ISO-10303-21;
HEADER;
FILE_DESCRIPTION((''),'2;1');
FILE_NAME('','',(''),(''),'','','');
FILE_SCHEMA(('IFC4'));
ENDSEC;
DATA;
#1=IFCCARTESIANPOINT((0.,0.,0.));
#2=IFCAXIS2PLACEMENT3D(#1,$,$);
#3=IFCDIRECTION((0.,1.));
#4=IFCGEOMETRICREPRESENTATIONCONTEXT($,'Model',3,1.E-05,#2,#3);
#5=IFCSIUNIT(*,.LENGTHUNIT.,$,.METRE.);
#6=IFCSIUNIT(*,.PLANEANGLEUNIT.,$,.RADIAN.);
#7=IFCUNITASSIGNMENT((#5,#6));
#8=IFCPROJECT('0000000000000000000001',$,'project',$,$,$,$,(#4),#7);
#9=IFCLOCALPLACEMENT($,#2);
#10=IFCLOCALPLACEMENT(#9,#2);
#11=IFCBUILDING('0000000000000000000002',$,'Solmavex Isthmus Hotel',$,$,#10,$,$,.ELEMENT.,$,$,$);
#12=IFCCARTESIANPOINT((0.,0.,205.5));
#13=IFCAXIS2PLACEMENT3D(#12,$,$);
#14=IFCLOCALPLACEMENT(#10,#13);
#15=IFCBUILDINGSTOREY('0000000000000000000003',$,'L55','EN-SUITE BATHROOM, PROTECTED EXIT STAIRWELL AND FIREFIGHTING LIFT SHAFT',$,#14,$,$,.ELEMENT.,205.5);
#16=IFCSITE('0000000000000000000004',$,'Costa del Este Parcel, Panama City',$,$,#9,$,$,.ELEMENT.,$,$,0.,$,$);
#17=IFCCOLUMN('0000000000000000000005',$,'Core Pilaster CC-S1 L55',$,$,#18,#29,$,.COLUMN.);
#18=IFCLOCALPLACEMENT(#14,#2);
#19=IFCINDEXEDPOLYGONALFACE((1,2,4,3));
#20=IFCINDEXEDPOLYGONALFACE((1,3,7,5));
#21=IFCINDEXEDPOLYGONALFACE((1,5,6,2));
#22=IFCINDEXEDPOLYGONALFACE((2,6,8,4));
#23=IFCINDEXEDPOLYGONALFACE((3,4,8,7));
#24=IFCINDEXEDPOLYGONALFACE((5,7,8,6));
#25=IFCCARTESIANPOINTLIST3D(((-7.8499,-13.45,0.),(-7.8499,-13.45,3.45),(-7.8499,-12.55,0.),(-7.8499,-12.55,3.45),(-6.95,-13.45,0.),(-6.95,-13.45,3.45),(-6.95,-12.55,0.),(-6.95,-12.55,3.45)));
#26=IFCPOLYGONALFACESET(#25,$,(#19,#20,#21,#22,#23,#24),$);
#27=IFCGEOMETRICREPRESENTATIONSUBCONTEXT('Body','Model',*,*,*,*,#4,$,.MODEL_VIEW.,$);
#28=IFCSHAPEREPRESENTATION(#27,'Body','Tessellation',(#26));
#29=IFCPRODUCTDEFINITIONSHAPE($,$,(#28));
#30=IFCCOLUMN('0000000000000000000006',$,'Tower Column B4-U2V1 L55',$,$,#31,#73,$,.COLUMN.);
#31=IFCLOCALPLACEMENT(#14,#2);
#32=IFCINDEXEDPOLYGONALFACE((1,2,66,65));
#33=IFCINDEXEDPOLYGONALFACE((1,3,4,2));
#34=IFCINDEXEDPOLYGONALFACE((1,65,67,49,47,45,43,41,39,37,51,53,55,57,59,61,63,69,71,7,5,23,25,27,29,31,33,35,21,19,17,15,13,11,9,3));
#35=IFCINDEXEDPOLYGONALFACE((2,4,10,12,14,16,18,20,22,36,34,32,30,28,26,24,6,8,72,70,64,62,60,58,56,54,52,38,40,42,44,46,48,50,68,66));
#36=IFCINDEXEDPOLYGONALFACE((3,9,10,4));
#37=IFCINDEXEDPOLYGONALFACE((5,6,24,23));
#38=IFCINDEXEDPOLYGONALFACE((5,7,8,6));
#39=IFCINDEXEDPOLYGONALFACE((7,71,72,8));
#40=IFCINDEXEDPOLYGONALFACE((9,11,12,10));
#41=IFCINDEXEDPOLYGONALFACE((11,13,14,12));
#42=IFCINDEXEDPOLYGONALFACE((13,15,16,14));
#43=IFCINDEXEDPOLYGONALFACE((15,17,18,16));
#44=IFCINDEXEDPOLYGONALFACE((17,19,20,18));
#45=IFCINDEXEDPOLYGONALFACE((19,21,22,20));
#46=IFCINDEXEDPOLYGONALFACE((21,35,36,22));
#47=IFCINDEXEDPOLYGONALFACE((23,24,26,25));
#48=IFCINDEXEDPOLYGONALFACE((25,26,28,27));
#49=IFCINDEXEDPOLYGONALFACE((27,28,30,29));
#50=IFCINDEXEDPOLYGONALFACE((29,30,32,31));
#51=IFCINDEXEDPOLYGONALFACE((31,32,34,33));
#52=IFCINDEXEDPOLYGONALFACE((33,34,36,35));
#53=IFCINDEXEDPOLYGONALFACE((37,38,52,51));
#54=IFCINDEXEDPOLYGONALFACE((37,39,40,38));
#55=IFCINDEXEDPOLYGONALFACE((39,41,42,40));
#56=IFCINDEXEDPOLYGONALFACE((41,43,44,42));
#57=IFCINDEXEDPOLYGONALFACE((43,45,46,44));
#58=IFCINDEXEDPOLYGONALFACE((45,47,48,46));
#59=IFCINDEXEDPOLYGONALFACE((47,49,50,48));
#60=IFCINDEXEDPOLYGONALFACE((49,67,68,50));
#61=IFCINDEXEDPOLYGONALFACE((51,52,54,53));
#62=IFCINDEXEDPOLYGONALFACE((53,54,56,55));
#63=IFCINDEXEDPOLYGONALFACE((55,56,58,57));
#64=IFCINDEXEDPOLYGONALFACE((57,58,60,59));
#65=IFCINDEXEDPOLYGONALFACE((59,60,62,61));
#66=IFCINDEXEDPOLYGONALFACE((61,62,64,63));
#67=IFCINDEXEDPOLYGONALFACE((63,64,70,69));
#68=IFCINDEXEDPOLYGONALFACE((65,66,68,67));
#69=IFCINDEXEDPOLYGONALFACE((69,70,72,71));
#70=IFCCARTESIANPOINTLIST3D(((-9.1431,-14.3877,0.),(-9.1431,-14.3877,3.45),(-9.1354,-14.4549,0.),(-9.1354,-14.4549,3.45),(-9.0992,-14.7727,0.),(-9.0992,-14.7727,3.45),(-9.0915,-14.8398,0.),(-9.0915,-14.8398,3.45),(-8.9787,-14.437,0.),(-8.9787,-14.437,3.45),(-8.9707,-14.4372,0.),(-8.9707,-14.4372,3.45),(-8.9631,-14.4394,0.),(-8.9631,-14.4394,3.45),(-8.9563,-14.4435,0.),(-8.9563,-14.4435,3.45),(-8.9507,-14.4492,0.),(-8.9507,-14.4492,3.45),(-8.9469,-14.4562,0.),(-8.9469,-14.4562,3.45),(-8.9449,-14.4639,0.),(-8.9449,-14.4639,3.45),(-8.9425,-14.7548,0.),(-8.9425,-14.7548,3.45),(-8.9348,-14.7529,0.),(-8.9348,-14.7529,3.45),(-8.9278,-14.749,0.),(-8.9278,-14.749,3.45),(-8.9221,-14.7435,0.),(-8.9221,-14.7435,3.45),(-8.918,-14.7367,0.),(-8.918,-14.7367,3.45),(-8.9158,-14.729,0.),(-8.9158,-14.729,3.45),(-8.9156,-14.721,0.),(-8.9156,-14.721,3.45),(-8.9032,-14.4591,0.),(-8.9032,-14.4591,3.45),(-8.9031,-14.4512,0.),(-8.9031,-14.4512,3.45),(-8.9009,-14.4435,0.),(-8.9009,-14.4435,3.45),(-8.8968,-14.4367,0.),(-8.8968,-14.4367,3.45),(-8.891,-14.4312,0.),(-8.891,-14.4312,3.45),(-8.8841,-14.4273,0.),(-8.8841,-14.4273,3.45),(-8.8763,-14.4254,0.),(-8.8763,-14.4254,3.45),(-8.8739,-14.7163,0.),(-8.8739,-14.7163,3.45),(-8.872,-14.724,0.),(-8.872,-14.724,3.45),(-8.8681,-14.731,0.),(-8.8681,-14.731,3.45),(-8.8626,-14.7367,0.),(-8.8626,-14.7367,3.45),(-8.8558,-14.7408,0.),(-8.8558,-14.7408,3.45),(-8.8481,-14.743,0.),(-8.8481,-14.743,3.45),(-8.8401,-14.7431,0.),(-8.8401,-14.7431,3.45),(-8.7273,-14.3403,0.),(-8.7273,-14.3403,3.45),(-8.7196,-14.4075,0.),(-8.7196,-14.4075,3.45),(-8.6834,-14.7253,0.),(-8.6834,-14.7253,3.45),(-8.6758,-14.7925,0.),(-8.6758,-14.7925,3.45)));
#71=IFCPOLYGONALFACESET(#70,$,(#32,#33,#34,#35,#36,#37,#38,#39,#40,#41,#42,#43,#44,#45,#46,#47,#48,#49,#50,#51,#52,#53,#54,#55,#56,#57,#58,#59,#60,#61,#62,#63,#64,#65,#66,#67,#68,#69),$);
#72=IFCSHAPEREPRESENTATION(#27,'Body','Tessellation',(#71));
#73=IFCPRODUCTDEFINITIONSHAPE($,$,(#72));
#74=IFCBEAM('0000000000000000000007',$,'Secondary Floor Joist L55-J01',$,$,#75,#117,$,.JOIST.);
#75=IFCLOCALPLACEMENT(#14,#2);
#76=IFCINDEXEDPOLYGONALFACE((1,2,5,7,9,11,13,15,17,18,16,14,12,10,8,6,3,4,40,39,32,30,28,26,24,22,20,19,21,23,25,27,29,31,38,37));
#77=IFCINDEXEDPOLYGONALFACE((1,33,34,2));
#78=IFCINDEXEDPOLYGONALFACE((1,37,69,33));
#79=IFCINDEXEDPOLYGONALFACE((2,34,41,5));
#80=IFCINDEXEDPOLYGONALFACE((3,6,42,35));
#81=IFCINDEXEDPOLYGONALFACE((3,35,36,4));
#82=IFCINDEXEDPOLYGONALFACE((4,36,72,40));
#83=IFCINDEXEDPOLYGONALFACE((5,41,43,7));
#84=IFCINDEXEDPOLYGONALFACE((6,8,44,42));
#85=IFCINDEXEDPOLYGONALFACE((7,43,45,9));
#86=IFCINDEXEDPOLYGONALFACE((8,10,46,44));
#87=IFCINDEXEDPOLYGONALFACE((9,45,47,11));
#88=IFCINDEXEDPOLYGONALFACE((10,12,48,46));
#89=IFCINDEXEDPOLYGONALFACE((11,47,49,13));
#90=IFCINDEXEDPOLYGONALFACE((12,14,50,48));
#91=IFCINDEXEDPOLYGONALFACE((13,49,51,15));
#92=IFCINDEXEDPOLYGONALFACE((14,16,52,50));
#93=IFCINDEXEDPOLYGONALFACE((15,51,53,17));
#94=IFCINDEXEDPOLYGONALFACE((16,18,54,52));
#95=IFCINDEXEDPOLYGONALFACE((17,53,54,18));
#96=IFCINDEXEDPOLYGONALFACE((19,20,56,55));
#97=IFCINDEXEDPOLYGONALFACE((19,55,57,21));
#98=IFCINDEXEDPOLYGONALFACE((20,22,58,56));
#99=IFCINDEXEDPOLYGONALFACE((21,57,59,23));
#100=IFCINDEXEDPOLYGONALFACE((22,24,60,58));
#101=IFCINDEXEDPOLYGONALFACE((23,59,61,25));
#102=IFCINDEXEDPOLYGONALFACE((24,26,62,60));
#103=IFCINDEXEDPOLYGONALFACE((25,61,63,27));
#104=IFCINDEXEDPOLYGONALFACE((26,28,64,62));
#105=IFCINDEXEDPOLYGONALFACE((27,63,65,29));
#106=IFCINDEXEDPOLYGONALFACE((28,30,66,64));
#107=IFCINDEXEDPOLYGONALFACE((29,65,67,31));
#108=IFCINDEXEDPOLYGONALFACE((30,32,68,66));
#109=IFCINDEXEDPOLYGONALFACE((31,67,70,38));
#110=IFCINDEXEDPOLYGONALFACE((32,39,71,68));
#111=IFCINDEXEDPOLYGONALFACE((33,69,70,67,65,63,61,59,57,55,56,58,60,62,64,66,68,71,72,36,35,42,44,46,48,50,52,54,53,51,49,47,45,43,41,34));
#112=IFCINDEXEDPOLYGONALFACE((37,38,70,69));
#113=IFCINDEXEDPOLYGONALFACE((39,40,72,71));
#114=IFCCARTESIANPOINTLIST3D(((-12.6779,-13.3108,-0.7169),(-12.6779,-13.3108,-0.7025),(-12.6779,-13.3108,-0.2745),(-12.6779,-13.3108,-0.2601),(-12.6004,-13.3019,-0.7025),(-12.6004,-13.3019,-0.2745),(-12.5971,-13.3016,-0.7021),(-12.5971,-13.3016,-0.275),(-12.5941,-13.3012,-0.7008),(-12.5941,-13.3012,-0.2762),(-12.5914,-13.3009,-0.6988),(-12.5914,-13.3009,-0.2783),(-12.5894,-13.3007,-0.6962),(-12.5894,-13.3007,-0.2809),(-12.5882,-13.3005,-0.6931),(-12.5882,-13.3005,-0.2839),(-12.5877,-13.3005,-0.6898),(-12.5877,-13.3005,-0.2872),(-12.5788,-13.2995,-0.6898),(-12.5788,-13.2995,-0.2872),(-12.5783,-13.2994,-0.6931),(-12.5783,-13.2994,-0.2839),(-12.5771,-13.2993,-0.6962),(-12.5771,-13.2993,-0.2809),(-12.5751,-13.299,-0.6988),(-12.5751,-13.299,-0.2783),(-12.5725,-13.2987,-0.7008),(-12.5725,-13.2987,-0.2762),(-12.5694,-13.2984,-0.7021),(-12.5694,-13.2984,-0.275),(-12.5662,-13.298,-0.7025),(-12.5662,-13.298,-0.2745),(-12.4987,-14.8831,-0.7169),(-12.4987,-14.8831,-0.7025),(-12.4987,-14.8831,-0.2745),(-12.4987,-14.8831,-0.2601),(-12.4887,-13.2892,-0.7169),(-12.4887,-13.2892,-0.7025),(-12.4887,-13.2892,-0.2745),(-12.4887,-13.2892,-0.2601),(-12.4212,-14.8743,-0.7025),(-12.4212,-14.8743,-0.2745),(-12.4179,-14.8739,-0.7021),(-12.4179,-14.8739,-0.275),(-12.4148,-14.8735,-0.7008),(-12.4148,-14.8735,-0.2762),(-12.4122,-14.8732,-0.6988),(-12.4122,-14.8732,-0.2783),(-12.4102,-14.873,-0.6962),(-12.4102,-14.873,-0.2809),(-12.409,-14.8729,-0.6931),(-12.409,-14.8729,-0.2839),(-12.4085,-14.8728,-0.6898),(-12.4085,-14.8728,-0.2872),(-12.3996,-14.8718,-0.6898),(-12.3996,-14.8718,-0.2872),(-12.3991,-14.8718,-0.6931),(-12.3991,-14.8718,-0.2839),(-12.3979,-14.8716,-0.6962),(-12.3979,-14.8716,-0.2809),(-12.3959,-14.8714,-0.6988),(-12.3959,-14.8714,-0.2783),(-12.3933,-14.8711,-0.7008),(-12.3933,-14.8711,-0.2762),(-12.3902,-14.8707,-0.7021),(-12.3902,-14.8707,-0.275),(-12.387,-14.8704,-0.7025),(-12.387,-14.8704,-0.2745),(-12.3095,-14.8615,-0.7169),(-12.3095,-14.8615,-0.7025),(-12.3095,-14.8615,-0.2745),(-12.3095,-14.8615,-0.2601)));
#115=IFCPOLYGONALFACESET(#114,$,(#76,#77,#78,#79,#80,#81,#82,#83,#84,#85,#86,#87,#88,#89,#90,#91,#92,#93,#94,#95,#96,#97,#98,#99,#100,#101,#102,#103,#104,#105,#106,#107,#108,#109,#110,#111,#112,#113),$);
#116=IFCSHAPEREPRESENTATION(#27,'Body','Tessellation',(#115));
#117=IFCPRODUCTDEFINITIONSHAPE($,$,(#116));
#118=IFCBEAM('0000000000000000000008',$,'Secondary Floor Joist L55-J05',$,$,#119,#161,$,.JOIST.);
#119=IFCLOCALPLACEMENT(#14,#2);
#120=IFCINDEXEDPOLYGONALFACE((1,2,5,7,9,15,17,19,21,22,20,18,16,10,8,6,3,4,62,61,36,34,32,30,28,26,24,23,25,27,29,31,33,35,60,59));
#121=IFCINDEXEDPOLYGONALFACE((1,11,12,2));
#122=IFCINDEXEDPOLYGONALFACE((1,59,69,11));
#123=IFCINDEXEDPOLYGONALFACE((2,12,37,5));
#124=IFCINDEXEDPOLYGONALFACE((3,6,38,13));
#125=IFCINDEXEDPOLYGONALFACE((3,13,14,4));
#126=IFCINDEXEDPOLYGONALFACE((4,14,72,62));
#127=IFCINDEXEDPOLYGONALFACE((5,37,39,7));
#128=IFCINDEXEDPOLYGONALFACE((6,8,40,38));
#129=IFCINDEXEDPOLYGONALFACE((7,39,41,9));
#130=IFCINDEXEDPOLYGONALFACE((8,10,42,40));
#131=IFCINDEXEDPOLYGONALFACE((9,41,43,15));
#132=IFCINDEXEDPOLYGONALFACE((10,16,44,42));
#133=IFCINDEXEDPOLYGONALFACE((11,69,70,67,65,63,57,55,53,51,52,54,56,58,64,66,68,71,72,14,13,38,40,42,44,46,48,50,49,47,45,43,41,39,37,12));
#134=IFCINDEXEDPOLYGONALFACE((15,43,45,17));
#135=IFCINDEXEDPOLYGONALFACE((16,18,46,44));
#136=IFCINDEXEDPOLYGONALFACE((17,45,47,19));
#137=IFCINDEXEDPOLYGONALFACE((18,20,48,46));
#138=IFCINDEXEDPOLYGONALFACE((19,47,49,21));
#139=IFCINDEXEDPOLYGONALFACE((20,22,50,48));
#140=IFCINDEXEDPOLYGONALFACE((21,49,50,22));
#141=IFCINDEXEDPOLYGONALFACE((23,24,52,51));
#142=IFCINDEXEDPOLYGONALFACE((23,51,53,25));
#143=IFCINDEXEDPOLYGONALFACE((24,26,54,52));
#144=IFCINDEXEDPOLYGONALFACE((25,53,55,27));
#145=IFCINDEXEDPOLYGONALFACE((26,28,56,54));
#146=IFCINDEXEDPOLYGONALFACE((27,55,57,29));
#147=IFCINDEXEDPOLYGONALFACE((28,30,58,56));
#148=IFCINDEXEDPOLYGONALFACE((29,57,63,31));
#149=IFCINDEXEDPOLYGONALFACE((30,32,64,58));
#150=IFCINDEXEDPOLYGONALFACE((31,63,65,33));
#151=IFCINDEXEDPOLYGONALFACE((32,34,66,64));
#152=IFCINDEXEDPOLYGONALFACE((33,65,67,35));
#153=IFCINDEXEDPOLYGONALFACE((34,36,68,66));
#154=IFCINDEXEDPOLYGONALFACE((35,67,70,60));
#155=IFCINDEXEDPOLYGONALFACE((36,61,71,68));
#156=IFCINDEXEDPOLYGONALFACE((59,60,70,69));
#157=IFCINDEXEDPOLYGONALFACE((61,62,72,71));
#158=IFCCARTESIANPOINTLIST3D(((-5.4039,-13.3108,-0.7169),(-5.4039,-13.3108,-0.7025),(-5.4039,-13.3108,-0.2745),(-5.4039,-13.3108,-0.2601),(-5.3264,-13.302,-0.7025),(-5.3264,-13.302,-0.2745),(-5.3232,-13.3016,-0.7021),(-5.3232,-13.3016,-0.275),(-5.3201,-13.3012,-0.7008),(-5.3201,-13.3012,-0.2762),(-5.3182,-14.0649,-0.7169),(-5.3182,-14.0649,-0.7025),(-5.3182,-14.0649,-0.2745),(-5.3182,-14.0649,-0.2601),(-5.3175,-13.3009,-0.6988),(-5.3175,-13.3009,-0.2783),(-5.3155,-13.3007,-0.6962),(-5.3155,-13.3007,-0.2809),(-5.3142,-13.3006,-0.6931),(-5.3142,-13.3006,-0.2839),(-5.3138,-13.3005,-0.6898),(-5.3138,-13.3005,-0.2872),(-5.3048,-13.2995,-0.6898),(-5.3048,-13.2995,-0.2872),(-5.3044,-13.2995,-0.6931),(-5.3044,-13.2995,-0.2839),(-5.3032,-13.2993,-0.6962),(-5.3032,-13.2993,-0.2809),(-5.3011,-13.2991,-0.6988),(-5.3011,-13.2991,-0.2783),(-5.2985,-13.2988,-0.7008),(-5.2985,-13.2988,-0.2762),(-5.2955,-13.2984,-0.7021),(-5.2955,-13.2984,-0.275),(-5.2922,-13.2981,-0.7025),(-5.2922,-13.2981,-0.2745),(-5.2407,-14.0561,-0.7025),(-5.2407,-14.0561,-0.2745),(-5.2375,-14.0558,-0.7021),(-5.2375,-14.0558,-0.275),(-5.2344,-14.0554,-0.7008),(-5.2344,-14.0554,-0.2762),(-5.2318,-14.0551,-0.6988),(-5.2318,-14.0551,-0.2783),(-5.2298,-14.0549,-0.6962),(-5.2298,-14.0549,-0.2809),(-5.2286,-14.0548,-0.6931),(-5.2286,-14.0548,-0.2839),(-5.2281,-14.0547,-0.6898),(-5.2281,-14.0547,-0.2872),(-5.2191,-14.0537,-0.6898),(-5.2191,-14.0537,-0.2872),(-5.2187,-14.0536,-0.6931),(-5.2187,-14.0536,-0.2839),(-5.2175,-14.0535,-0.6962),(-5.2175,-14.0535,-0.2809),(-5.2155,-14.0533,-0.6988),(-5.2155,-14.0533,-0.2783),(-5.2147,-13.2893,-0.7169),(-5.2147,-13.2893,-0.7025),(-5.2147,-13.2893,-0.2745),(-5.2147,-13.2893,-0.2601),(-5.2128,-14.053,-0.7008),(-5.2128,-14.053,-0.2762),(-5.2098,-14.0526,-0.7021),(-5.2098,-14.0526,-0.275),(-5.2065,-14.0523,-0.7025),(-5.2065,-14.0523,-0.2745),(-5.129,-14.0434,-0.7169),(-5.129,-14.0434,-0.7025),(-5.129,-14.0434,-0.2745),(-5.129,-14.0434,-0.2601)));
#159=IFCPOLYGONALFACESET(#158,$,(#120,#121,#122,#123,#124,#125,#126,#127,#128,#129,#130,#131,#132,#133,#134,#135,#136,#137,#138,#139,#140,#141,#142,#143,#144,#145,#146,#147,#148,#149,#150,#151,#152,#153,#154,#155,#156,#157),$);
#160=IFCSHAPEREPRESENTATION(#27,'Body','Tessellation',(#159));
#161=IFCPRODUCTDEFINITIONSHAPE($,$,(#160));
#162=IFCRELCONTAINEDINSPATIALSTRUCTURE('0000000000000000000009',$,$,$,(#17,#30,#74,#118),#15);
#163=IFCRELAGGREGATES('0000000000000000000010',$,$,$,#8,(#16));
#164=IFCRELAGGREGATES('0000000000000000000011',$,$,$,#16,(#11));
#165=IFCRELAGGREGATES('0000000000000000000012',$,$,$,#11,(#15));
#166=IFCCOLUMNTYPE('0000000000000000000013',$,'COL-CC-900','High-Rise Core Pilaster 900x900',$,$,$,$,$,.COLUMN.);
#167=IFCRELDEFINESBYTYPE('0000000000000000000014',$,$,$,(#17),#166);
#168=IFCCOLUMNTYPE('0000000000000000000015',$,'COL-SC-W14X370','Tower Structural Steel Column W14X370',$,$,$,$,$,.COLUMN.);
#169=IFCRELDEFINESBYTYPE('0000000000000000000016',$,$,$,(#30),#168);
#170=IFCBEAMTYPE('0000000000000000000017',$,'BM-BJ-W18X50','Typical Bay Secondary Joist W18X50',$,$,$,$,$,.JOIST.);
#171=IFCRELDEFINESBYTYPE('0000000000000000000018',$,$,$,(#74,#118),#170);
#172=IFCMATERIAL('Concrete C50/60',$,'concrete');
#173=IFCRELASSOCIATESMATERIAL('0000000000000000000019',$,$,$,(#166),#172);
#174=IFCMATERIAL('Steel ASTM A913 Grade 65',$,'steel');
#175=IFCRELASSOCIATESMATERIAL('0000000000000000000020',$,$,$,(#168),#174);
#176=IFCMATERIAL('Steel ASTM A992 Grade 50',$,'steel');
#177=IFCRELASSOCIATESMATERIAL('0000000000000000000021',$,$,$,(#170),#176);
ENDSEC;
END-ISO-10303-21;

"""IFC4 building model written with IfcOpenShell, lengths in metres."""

from ifc_helpers import new_model, si_unit, direction, frame, origin, origin_2d, place, context, subcontext, project, spatial, rectangle, i_section, extrude, material, material_profile, profile_set, type_object, element, save


model = new_model("IFC4")

# Units and contexts
model_context = context("Model", 3, precision=1e-05, world=origin(), true_north=direction((0.0, 1.0)))
body_context = subcontext(model_context, "Body", "Model", "MODEL_VIEW")
ifc_project = project(units=[si_unit("LENGTHUNIT", "METRE"), si_unit("PLANEANGLEUNIT", "RADIAN")], contexts=[model_context])

# Site, building, storey
site_placement = place(None, origin())
site = spatial("IfcSite", under=ifc_project, at=site_placement, Name="Costa del Este Parcel, Panama City", CompositionType="ELEMENT", RefElevation=0.0)
building_placement = place(site_placement, origin())
building = spatial("IfcBuilding", under=site, at=building_placement, Name="Solmavex Isthmus Hotel", CompositionType="ELEMENT")
storey_placement = place(building_placement, frame((0.0, 0.0, 205.5)))
storey = spatial("IfcBuildingStorey", under=building, at=storey_placement, Name="L55", Description="EN-SUITE BATHROOM, PROTECTED EXIT STAIRWELL AND FIREFIGHTING LIFT SHAFT", CompositionType="ELEMENT", Elevation=205.5)

# Columns
ifc_material_1 = material(Name="Concrete C50/60", Category="concrete")
ifc_material_profile_1 = material_profile(ifc_material_1, rectangle(XDim=0.8999, YDim=0.8999, at=origin_2d()), Name="RC900X900")
ifc_profile_set_1 = profile_set([ifc_material_profile_1], Name="Concrete C50/60")
column_type_1 = type_object("IfcColumnType", Name="COL-CC-900", Description="High-Rise Core Pilaster 900x900", PredefinedType="COLUMN", material=ifc_profile_set_1)
column_1_placement = place(storey_placement, frame((-7.3999, -13.0, 0.0), z_axis=(0.0, 0.0, 1.0), x_axis=(1.0, 0.0, 0.0)))
element("IfcColumn", 1, at=column_1_placement, inside=storey, type_object=column_type_1, Name="Core Pilaster CC-S1 L55", PredefinedType="COLUMN", context=body_context, shape_type="SweptSolid", body=[
    extrude(rectangle(XDim=0.8999, YDim=0.8999, at=origin_2d()), origin(), (0.0, 0.0, 1.0), 3.45),
])
ifc_material_2 = material(Name="Steel ASTM A913 Grade 65", Category="steel")
ifc_material_profile_2 = material_profile(ifc_material_2, i_section(OverallWidth=0.4185, OverallDepth=0.4551, WebThickness=0.042, FlangeThickness=0.0676, FilletRadius=0.0305, at=origin_2d()), Name="W14X370")
ifc_profile_set_2 = profile_set([ifc_material_profile_2], Name="Steel ASTM A913 Grade 65")
column_type_2 = type_object("IfcColumnType", Name="COL-SC-W14X370", Description="Tower Structural Steel Column W14X370", PredefinedType="COLUMN", material=ifc_profile_set_2)
column_2_placement = place(storey_placement, frame((-8.9094, -14.5901, 0.0), z_axis=(0.0, 0.0, 1.0), x_axis=(0.993572, 0.113203, 0.0)))
element("IfcColumn", 2, at=column_2_placement, inside=storey, type_object=column_type_2, Name="Tower Column B4-U2V1 L55", PredefinedType="COLUMN", context=body_context, shape_type="SweptSolid", body=[
    extrude(i_section(OverallWidth=0.4185, OverallDepth=0.4551, WebThickness=0.042, FlangeThickness=0.0676, FilletRadius=0.0305, at=origin_2d()), origin(), (0.0, 0.0, 1.0), 3.45),
])

# Beams
ifc_material_3 = material(Name="Steel ASTM A992 Grade 50", Category="steel")
ifc_material_profile_3 = material_profile(ifc_material_3, i_section(OverallWidth=0.1904, OverallDepth=0.4568, WebThickness=0.009, FlangeThickness=0.0144, FilletRadius=0.0127, at=origin_2d()), Name="W18X50")
ifc_profile_set_3 = profile_set([ifc_material_profile_3], Name="Steel ASTM A992 Grade 50")
beam_type_1 = type_object("IfcBeamType", Name="BM-BJ-W18X50", Description="Typical Bay Secondary Joist W18X50", PredefinedType="JOIST", material=ifc_profile_set_3)
beam_1_placement = place(storey_placement, frame((-12.4041, -14.8723, -0.4885), z_axis=(-0.113242, 0.993567, 0.0), x_axis=(-0.993567, -0.113242, 0.0)))
element("IfcBeam", 3, at=beam_1_placement, inside=storey, type_object=beam_type_1, Name="Secondary Floor Joist L55-J01", PredefinedType="JOIST", context=body_context, shape_type="SweptSolid", body=[
    extrude(i_section(OverallWidth=0.1904, OverallDepth=0.4568, WebThickness=0.009, FlangeThickness=0.0144, FilletRadius=0.0127, at=origin_2d()), origin(), (0.0, 0.0, 1.0), 1.5825),
])
beam_2_placement = place(storey_placement, frame((-5.2236, -14.0542, -0.4885), z_axis=(-0.112902, 0.993606, 0.0), x_axis=(-0.993606, -0.112902, 0.0)))
element("IfcBeam", 4, at=beam_2_placement, inside=storey, type_object=beam_type_1, Name="Secondary Floor Joist L55-J05", PredefinedType="JOIST", context=body_context, shape_type="SweptSolid", body=[
    extrude(i_section(OverallWidth=0.1904, OverallDepth=0.4568, WebThickness=0.009, FlangeThickness=0.0144, FilletRadius=0.0127, at=origin_2d()), origin(), (0.0, 0.0, 1.0), 0.759),
])

save(model, "model.ifc")
